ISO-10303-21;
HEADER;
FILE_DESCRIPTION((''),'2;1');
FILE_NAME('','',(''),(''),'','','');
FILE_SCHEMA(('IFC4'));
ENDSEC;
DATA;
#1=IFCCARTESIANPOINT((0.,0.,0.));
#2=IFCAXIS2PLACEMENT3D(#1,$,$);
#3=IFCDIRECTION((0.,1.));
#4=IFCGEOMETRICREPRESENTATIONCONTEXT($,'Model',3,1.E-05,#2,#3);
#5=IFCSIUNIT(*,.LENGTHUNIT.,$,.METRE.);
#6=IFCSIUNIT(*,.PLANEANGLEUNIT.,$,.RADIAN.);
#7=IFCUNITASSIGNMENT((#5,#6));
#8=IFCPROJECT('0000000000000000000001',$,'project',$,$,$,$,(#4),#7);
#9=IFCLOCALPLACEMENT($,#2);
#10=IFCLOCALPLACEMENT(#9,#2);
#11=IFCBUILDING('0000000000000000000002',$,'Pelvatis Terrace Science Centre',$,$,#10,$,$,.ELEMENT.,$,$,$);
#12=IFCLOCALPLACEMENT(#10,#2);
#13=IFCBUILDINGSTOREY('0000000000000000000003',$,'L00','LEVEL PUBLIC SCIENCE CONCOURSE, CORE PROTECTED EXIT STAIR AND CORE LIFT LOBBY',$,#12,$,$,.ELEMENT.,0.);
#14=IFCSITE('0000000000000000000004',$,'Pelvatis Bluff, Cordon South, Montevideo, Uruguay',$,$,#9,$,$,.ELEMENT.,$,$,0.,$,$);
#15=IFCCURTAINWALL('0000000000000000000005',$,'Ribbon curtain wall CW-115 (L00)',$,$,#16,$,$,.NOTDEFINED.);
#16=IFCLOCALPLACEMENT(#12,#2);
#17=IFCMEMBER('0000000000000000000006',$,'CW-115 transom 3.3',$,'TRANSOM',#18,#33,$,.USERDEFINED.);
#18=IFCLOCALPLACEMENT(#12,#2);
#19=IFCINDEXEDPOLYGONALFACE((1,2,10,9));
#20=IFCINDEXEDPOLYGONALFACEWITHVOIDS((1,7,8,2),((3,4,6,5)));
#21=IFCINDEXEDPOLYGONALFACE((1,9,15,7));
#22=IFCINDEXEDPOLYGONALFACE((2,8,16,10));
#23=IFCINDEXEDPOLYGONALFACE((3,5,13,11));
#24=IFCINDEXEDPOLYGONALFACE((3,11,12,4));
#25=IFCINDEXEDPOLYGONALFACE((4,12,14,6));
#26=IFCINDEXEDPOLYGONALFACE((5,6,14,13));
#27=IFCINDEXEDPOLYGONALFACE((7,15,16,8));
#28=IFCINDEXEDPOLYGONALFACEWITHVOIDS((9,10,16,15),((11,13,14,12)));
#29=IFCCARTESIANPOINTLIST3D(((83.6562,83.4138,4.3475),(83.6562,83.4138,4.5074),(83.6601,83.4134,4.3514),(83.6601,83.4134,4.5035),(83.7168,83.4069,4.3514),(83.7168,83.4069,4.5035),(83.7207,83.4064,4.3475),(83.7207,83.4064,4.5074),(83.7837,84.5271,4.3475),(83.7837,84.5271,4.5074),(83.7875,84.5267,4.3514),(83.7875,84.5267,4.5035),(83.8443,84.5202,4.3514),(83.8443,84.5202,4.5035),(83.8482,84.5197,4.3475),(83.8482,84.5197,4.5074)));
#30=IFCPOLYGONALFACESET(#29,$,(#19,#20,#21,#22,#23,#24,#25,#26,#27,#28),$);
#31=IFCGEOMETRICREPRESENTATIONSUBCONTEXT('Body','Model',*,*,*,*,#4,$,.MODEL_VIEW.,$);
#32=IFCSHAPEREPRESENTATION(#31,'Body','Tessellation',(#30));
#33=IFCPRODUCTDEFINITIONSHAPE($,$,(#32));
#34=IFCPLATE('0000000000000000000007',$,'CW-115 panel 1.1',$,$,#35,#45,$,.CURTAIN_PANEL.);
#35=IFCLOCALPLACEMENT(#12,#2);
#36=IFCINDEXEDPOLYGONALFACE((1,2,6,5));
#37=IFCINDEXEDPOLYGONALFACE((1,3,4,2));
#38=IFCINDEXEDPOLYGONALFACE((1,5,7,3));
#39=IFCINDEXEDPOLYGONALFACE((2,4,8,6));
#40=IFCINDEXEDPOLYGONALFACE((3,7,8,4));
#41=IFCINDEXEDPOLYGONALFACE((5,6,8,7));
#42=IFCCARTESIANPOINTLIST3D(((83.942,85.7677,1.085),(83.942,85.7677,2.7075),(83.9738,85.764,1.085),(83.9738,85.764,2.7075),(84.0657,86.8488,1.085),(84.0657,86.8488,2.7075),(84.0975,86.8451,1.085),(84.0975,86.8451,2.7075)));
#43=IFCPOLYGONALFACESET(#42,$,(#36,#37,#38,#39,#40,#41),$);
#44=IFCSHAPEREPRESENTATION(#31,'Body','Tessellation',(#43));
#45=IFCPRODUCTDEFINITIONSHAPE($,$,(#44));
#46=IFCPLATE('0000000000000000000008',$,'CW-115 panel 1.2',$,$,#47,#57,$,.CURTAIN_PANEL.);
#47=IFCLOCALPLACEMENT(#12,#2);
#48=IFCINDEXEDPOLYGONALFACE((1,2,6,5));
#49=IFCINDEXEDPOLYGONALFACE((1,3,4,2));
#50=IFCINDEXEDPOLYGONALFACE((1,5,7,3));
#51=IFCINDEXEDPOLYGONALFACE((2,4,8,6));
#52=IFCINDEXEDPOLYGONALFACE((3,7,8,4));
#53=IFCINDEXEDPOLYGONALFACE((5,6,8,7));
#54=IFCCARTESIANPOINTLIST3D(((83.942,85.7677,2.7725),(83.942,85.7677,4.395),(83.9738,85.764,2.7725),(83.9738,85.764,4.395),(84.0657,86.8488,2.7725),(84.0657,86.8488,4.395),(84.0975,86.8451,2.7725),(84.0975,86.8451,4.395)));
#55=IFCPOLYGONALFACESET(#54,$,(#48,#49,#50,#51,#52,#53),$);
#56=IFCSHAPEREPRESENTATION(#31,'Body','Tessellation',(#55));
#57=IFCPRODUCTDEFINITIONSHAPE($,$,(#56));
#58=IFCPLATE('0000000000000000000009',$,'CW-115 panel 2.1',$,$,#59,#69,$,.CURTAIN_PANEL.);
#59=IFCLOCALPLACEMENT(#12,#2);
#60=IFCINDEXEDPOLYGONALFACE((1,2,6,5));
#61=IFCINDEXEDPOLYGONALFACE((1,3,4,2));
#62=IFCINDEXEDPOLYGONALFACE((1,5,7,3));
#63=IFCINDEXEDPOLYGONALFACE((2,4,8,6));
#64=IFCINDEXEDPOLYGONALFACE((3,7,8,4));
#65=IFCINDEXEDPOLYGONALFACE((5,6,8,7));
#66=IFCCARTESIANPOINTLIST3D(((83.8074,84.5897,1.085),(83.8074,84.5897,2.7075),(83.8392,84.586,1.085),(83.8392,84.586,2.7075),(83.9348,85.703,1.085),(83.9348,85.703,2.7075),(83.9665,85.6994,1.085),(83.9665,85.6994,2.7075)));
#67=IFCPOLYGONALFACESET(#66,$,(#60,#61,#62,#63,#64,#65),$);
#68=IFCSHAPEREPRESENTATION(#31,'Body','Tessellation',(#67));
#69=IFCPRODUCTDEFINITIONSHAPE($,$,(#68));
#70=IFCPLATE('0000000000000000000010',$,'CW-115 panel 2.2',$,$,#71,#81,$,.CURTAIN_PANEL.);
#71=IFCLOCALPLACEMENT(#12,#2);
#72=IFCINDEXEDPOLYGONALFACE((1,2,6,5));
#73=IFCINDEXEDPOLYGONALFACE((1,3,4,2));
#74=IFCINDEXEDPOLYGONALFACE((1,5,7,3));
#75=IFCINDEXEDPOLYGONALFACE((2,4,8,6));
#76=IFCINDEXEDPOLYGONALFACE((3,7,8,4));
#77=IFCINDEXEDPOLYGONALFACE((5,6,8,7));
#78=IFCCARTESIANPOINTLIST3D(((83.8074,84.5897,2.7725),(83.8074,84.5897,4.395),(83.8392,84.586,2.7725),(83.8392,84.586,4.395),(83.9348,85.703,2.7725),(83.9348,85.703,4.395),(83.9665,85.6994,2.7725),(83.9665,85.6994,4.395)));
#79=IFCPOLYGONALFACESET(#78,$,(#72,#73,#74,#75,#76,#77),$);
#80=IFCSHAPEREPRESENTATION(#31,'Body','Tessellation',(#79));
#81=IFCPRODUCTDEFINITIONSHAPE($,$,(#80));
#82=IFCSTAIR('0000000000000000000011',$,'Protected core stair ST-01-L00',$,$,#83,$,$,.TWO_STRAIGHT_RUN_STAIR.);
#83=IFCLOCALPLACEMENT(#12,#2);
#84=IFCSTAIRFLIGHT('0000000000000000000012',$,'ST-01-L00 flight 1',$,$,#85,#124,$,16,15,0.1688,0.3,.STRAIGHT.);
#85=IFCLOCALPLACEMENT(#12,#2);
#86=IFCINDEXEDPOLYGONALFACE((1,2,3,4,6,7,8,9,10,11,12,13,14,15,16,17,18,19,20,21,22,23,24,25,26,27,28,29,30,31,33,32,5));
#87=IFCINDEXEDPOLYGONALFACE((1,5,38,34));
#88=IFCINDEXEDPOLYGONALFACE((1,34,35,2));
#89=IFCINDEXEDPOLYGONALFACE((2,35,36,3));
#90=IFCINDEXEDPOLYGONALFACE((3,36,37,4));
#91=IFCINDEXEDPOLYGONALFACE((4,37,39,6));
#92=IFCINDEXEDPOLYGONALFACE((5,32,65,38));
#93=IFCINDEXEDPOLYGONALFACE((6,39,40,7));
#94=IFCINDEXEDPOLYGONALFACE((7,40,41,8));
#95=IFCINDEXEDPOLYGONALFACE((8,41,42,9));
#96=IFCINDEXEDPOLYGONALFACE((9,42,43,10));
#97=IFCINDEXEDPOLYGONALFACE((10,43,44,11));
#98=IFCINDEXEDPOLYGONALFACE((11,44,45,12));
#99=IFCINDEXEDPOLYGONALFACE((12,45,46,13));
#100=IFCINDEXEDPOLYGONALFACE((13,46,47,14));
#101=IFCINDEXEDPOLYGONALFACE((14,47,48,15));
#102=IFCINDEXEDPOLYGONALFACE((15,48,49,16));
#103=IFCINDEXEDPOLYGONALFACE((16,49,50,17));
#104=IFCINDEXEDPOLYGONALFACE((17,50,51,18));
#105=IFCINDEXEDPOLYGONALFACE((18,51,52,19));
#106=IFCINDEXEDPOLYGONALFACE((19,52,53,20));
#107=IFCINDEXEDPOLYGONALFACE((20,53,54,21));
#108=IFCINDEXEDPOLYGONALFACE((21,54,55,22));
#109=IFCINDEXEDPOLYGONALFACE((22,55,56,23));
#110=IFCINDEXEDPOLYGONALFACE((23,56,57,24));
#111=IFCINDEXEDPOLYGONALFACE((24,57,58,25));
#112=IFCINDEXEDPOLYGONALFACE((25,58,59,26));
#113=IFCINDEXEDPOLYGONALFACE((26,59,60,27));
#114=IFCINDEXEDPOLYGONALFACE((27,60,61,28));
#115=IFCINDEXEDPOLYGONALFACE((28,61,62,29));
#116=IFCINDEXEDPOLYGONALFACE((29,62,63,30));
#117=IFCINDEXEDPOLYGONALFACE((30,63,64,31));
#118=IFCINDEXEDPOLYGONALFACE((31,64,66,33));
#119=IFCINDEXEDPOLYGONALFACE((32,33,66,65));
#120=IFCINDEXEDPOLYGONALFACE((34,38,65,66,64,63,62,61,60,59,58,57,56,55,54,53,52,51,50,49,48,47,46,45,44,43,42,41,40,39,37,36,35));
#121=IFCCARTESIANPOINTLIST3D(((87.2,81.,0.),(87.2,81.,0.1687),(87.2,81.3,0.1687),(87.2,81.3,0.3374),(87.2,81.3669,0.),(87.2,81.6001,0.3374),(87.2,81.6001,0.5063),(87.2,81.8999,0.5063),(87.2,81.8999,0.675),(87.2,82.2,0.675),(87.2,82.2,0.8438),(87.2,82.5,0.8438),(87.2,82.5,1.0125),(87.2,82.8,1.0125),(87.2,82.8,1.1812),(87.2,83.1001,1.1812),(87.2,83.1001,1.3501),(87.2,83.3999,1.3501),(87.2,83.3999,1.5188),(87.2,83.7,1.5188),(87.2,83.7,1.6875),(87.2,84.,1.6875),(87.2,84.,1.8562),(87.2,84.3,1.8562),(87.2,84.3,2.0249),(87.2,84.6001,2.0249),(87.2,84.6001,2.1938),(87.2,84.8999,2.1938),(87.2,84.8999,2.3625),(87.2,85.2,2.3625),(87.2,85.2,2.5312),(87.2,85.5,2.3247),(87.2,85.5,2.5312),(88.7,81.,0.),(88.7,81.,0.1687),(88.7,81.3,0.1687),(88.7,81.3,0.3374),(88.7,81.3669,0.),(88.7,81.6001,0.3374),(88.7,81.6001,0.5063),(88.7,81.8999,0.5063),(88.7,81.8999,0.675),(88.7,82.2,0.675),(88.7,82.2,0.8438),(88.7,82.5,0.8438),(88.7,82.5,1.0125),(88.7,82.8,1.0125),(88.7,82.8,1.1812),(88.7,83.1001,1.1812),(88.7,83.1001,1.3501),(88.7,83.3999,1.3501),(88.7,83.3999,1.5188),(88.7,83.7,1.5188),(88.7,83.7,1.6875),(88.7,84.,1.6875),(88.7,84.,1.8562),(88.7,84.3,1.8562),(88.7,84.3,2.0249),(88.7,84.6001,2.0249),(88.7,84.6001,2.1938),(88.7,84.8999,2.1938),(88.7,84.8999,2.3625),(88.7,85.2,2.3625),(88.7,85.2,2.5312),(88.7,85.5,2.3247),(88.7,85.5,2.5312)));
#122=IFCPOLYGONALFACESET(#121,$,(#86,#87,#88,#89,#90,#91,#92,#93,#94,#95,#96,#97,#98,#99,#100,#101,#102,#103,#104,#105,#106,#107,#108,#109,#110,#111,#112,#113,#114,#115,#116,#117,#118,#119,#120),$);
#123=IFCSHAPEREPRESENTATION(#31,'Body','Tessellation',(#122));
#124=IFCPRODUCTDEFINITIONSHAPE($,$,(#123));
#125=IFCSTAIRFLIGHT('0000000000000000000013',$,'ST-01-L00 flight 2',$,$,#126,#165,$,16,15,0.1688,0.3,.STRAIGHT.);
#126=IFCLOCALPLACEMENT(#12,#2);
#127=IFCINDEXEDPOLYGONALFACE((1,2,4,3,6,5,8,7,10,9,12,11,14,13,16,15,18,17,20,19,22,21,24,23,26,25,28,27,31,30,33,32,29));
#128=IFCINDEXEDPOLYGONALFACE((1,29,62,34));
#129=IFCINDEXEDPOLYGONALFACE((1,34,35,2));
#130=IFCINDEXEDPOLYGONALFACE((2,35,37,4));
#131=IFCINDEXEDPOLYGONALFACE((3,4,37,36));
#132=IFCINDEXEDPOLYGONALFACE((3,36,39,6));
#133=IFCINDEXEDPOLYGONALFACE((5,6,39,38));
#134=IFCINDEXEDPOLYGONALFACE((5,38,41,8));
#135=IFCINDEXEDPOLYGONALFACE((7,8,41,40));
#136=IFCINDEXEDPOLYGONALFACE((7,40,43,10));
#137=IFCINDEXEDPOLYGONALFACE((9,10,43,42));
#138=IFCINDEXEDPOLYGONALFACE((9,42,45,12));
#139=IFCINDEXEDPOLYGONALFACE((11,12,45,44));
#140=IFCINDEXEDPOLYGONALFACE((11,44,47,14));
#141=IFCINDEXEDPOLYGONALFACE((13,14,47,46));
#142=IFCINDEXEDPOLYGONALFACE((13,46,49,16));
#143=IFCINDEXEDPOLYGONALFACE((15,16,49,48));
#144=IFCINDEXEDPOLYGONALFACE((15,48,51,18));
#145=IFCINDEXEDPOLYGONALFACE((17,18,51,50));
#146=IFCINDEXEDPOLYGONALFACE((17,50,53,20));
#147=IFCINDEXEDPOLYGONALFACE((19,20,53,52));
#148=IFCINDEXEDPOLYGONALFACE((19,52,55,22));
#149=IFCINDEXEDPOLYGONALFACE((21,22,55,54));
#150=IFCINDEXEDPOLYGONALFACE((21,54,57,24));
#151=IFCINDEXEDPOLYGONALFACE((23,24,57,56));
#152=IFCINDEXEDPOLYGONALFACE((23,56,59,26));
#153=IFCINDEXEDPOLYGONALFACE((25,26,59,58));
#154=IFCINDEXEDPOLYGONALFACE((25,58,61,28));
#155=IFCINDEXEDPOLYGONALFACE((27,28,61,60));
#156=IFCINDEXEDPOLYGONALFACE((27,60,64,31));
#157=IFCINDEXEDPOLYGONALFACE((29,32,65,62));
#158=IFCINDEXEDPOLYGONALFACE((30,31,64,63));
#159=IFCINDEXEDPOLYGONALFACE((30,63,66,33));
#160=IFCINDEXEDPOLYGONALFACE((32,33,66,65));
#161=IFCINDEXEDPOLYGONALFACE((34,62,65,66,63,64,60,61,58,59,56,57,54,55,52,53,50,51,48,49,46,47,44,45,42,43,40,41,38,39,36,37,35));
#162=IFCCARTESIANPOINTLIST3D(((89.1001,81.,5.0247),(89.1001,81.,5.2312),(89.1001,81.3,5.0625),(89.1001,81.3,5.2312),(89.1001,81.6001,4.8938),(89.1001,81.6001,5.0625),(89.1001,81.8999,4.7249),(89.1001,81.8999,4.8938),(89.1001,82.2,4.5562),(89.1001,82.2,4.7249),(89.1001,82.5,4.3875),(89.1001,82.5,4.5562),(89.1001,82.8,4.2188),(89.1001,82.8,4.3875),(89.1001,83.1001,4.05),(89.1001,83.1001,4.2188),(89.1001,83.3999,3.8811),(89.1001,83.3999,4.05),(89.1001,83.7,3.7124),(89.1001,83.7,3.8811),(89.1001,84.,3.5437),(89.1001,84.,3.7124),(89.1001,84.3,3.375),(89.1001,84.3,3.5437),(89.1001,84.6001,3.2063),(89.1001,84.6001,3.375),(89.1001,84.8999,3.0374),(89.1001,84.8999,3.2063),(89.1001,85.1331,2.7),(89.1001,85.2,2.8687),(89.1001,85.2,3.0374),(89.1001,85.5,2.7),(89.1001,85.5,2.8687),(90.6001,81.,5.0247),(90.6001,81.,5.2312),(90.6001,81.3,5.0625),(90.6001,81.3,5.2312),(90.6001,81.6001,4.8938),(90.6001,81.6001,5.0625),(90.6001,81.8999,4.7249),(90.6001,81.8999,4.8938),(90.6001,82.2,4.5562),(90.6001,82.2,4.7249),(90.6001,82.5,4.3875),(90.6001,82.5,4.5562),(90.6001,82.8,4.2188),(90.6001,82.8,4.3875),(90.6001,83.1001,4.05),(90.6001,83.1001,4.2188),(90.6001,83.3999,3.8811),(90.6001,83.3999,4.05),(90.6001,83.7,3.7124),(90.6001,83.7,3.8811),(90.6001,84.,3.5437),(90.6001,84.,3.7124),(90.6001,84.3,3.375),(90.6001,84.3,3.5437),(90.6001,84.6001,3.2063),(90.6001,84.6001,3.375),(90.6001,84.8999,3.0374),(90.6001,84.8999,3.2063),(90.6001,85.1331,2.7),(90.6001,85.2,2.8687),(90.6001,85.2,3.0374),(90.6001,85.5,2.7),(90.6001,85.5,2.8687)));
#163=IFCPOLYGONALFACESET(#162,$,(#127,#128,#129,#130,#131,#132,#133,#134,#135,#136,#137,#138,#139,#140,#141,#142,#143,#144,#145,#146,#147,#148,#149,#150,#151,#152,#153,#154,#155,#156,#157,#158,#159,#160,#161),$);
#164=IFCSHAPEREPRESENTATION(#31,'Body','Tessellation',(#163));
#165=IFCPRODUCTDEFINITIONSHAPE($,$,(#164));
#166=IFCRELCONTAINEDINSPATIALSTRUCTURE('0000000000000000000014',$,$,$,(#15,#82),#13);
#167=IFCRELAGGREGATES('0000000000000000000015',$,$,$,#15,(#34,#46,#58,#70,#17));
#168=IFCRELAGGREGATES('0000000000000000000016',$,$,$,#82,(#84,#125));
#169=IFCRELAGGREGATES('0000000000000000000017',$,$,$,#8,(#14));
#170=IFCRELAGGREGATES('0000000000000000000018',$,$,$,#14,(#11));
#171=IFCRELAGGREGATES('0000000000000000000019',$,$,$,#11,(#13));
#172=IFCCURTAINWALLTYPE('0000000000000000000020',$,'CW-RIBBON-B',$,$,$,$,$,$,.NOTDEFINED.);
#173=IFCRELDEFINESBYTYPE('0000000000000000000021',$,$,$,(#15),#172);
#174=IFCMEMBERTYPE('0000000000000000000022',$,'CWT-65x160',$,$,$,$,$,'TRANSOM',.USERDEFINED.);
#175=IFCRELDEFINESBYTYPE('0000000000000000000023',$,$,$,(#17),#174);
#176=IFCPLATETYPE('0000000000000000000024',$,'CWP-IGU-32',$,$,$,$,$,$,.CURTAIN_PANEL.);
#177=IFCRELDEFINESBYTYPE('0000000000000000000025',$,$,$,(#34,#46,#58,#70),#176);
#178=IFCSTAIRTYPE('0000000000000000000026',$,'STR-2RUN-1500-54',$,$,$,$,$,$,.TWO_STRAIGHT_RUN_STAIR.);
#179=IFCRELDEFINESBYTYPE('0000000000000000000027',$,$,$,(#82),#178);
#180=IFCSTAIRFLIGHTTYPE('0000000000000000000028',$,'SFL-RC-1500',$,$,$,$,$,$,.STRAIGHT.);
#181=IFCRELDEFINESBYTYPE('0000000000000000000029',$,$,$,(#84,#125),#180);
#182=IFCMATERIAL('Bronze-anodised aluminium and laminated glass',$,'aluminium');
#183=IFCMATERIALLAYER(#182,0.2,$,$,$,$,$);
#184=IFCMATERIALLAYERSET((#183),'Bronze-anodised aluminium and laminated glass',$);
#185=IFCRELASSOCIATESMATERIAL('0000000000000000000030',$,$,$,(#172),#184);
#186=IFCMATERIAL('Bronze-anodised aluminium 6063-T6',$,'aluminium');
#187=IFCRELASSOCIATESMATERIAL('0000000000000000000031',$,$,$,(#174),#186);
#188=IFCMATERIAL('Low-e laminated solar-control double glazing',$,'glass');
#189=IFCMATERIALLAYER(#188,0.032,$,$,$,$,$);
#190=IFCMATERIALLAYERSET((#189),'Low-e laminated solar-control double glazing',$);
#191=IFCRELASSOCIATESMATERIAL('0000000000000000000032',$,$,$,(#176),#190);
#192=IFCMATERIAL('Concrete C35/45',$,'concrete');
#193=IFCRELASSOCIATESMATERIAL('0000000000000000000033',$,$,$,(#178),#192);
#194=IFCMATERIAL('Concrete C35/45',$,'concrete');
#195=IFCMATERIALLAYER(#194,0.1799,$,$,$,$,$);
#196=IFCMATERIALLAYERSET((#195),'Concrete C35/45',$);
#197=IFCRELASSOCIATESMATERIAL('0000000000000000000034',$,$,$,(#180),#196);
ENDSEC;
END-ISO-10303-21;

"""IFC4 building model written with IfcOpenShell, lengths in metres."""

from ifc_helpers import new_model, si_unit, direction, frame, origin, origin_2d, place, context, subcontext, project, spatial, polyline, rectangle, hollow_rectangle, outline, extrude, material, layer, layer_set, material_profile, profile_set, type_object, element, aggregate, save


model = new_model("IFC4")

# Units and contexts
model_context = context("Model", 3, precision=1e-05, world=origin(), true_north=direction((0.0, 1.0)))
body_context = subcontext(model_context, "Body", "Model", "MODEL_VIEW")
ifc_project = project(units=[si_unit("LENGTHUNIT", "METRE"), si_unit("PLANEANGLEUNIT", "RADIAN")], contexts=[model_context])

# Site, building, storey
site_placement = place(None, origin())
site = spatial("IfcSite", under=ifc_project, at=site_placement, Name="Pelvatis Bluff, Cordon South, Montevideo, Uruguay", CompositionType="ELEMENT", RefElevation=0.0)
building_placement = place(site_placement, origin())
building = spatial("IfcBuilding", under=site, at=building_placement, Name="Pelvatis Terrace Science Centre", CompositionType="ELEMENT")
storey_placement = place(building_placement, origin())
storey = spatial("IfcBuildingStorey", under=building, at=storey_placement, Name="L00", Description="LEVEL PUBLIC SCIENCE CONCOURSE, CORE PROTECTED EXIT STAIR AND CORE LIFT LOBBY", CompositionType="ELEMENT", Elevation=0.0)

# Curtain wall, member, plates
ifc_material_1 = material(Name="Bronze-anodised aluminium and laminated glass", Category="aluminium")
ifc_layer_1 = layer(ifc_material_1, 0.2)
ifc_layer_set_1 = layer_set([ifc_layer_1], Name="Bronze-anodised aluminium and laminated glass")
curtain_wall_type = type_object("IfcCurtainWallType", Name="CW-RIBBON-B", PredefinedType="NOTDEFINED", material=ifc_layer_set_1)
curtain_wall_placement = place(storey_placement, origin())
curtain_wall = element("IfcCurtainWall", 1, at=curtain_wall_placement, inside=storey, type_object=curtain_wall_type, Name="Ribbon curtain wall CW-115 (L00)", PredefinedType="NOTDEFINED")
ifc_material_2 = material(Name="Bronze-anodised aluminium 6063-T6", Category="aluminium")
ifc_material_profile_1 = material_profile(ifc_material_2, hollow_rectangle(XDim=0.0649, YDim=0.1599, WallThickness=0.0039, at=origin_2d()), Name="ALU-TRN 65x160")
ifc_profile_set_1 = profile_set([ifc_material_profile_1], Name="Bronze-anodised aluminium 6063-T6")
member_type_1 = type_object("IfcMemberType", Name="CWT-65x160", ElementType="TRANSOM", PredefinedType="USERDEFINED", material=ifc_profile_set_1)
member_1_placement = place(storey_placement, frame((83.8159, 84.5234, 4.4275), z_axis=(-0.113731, -0.993512, 0.0), x_axis=(0.993512, -0.113731, 0.0)))
member_1 = element("IfcMember", 2, at=member_1_placement, type_object=member_type_1, Name="CW-115 transom 3.3", ObjectType="TRANSOM", PredefinedType="USERDEFINED", context=body_context, shape_type="SweptSolid", body=[
    extrude(hollow_rectangle(XDim=0.0649, YDim=0.1599, WallThickness=0.0039, at=origin_2d()), origin(), (0.0, 0.0, 1.0), 1.1206),
])
ifc_material_3 = material(Name="Low-e laminated solar-control double glazing", Category="glass")
ifc_layer_2 = layer(ifc_material_3, 0.032)
ifc_layer_set_2 = layer_set([ifc_layer_2], Name="Low-e laminated solar-control double glazing")
plate_type = type_object("IfcPlateType", Name="CWP-IGU-32", PredefinedType="CURTAIN_PANEL", material=ifc_layer_set_2)
plate_1_placement = place(storey_placement, frame((84.0198, 86.3064, 1.085), z_axis=(0.0, 0.0, 1.0), x_axis=(-0.113662, -0.993519, 0.0)))
plate_1 = element("IfcPlate", 3, at=plate_1_placement, type_object=plate_type, Name="CW-115 panel 1.1", PredefinedType="CURTAIN_PANEL", context=body_context, shape_type="SweptSolid", body=[
    extrude(rectangle(XDim=1.0881, YDim=0.032, at=origin_2d()), origin(), (0.0, 0.0, 1.0), 1.6226),
])
plate_2_placement = place(storey_placement, frame((84.0198, 86.3064, 2.7725), z_axis=(0.0, 0.0, 1.0), x_axis=(-0.113662, -0.993519, 0.0)))
plate_2 = element("IfcPlate", 4, at=plate_2_placement, type_object=plate_type, Name="CW-115 panel 1.2", PredefinedType="CURTAIN_PANEL", context=body_context, shape_type="SweptSolid", body=[
    extrude(rectangle(XDim=1.0881, YDim=0.032, at=origin_2d()), origin(), (0.0, 0.0, 1.0), 1.6226),
])
plate_3_placement = place(storey_placement, frame((83.887, 85.1445, 1.085), z_axis=(0.0, 0.0, 1.0), x_axis=(-0.113662, -0.993519, 0.0)))
plate_3 = element("IfcPlate", 5, at=plate_3_placement, type_object=plate_type, Name="CW-115 panel 2.1", PredefinedType="CURTAIN_PANEL", context=body_context, shape_type="SweptSolid", body=[
    extrude(rectangle(XDim=1.1206, YDim=0.032, at=origin_2d()), origin(), (0.0, 0.0, 1.0), 1.6226),
])
plate_4_placement = place(storey_placement, frame((83.887, 85.1445, 2.7725), z_axis=(0.0, 0.0, 1.0), x_axis=(-0.113662, -0.993519, 0.0)))
plate_4 = element("IfcPlate", 6, at=plate_4_placement, type_object=plate_type, Name="CW-115 panel 2.2", PredefinedType="CURTAIN_PANEL", context=body_context, shape_type="SweptSolid", body=[
    extrude(rectangle(XDim=1.1206, YDim=0.032, at=origin_2d()), origin(), (0.0, 0.0, 1.0), 1.6226),
])
aggregate(curtain_wall, [plate_1, plate_2, plate_3, plate_4, member_1])

# Stair, stair flights
ifc_material_4 = material(Name="Concrete C35/45", Category="concrete")
stair_type = type_object("IfcStairType", Name="STR-2RUN-1500-54", PredefinedType="TWO_STRAIGHT_RUN_STAIR", material=ifc_material_4)
stair_placement = place(storey_placement, origin())
stair = element("IfcStair", 7, at=stair_placement, inside=storey, type_object=stair_type, Name="Protected core stair ST-01-L00", PredefinedType="TWO_STRAIGHT_RUN_STAIR")
ifc_material_5 = material(Name="Concrete C35/45", Category="concrete")
ifc_layer_3 = layer(ifc_material_5, 0.1799)
ifc_layer_set_3 = layer_set([ifc_layer_3], Name="Concrete C35/45")
stair_flight_type = type_object("IfcStairFlightType", Name="SFL-RC-1500", PredefinedType="STRAIGHT", material=ifc_layer_set_3)
stair_flight_1_placement = place(storey_placement, frame((87.95, 81.0, 0.0), z_axis=(0.0, 0.0, 1.0), x_axis=(0.0, 1.0, 0.0)))
stair_flight_1 = element("IfcStairFlight", 8, at=stair_flight_1_placement, type_object=stair_flight_type, Name="ST-01-L00 flight 1", NumberOfRisers=16, NumberOfTreads=15, PredefinedType="STRAIGHT", RiserHeight=0.1688, TreadLength=0.3, context=body_context, shape_type="SweptSolid", body=[
    extrude(outline(polyline([(0.0, 0.0), (0.0, 0.1687), (0.3, 0.1687), (0.3, 0.3374), (0.6001, 0.3374), (0.6001, 0.5063), (0.8999, 0.5063), (0.8999, 0.675), (1.2, 0.675), (1.2, 0.8438), (1.5, 0.8438), (1.5, 1.0125), (1.8, 1.0125), (1.8, 1.1812), (2.1001, 1.1812), (2.1001, 1.3501), (2.3999, 1.3501), (2.3999, 1.5188), (2.7, 1.5188), (2.7, 1.6875), (3.0, 1.6875), (3.0, 1.8562), (3.3, 1.8562), (3.3, 2.0249), (3.6001, 2.0249), (3.6001, 2.1938), (3.8999, 2.1938), (3.8999, 2.3625), (4.2, 2.3625), (4.2, 2.5312), (4.5, 2.5312), (4.5, 2.7), (4.5, 2.3247), (0.3669, 0.0), (0.0, 0.0)])), frame((0.0, 0.75, 0.0), z_axis=(0.0, -1.0, 0.0), x_axis=(1.0, 0.0, 0.0)), (0.0, 0.0, 1.0), 1.5),
])
stair_flight_2_placement = place(storey_placement, frame((89.8501, 85.5, 2.7), z_axis=(0.0, 0.0, 1.0), x_axis=(0.0, -1.0, 0.0)))
stair_flight_2 = element("IfcStairFlight", 9, at=stair_flight_2_placement, type_object=stair_flight_type, Name="ST-01-L00 flight 2", NumberOfRisers=16, NumberOfTreads=15, PredefinedType="STRAIGHT", RiserHeight=0.1688, TreadLength=0.3, context=body_context, shape_type="SweptSolid", body=[
    extrude(outline(polyline([(0.0, 0.0), (0.0, 0.1687), (0.3, 0.1687), (0.3, 0.3374), (0.6001, 0.3374), (0.6001, 0.5063), (0.8999, 0.5063), (0.8999, 0.675), (1.2, 0.675), (1.2, 0.8438), (1.5, 0.8438), (1.5, 1.0125), (1.8, 1.0125), (1.8, 1.1812), (2.1001, 1.1812), (2.1001, 1.3501), (2.3999, 1.3501), (2.3999, 1.5188), (2.7, 1.5188), (2.7, 1.6875), (3.0, 1.6875), (3.0, 1.8562), (3.3, 1.8562), (3.3, 2.0249), (3.6001, 2.0249), (3.6001, 2.1938), (3.8999, 2.1938), (3.8999, 2.3625), (4.2, 2.3625), (4.2, 2.5312), (4.5, 2.5312), (4.5, 2.7), (4.5, 2.3247), (0.3669, 0.0), (0.0, 0.0)])), frame((0.0, 0.75, 0.0), z_axis=(0.0, -1.0, 0.0), x_axis=(1.0, 0.0, 0.0)), (0.0, 0.0, 1.0), 1.5),
])
aggregate(stair, [stair_flight_1, stair_flight_2])

save(model, "model.ifc")
